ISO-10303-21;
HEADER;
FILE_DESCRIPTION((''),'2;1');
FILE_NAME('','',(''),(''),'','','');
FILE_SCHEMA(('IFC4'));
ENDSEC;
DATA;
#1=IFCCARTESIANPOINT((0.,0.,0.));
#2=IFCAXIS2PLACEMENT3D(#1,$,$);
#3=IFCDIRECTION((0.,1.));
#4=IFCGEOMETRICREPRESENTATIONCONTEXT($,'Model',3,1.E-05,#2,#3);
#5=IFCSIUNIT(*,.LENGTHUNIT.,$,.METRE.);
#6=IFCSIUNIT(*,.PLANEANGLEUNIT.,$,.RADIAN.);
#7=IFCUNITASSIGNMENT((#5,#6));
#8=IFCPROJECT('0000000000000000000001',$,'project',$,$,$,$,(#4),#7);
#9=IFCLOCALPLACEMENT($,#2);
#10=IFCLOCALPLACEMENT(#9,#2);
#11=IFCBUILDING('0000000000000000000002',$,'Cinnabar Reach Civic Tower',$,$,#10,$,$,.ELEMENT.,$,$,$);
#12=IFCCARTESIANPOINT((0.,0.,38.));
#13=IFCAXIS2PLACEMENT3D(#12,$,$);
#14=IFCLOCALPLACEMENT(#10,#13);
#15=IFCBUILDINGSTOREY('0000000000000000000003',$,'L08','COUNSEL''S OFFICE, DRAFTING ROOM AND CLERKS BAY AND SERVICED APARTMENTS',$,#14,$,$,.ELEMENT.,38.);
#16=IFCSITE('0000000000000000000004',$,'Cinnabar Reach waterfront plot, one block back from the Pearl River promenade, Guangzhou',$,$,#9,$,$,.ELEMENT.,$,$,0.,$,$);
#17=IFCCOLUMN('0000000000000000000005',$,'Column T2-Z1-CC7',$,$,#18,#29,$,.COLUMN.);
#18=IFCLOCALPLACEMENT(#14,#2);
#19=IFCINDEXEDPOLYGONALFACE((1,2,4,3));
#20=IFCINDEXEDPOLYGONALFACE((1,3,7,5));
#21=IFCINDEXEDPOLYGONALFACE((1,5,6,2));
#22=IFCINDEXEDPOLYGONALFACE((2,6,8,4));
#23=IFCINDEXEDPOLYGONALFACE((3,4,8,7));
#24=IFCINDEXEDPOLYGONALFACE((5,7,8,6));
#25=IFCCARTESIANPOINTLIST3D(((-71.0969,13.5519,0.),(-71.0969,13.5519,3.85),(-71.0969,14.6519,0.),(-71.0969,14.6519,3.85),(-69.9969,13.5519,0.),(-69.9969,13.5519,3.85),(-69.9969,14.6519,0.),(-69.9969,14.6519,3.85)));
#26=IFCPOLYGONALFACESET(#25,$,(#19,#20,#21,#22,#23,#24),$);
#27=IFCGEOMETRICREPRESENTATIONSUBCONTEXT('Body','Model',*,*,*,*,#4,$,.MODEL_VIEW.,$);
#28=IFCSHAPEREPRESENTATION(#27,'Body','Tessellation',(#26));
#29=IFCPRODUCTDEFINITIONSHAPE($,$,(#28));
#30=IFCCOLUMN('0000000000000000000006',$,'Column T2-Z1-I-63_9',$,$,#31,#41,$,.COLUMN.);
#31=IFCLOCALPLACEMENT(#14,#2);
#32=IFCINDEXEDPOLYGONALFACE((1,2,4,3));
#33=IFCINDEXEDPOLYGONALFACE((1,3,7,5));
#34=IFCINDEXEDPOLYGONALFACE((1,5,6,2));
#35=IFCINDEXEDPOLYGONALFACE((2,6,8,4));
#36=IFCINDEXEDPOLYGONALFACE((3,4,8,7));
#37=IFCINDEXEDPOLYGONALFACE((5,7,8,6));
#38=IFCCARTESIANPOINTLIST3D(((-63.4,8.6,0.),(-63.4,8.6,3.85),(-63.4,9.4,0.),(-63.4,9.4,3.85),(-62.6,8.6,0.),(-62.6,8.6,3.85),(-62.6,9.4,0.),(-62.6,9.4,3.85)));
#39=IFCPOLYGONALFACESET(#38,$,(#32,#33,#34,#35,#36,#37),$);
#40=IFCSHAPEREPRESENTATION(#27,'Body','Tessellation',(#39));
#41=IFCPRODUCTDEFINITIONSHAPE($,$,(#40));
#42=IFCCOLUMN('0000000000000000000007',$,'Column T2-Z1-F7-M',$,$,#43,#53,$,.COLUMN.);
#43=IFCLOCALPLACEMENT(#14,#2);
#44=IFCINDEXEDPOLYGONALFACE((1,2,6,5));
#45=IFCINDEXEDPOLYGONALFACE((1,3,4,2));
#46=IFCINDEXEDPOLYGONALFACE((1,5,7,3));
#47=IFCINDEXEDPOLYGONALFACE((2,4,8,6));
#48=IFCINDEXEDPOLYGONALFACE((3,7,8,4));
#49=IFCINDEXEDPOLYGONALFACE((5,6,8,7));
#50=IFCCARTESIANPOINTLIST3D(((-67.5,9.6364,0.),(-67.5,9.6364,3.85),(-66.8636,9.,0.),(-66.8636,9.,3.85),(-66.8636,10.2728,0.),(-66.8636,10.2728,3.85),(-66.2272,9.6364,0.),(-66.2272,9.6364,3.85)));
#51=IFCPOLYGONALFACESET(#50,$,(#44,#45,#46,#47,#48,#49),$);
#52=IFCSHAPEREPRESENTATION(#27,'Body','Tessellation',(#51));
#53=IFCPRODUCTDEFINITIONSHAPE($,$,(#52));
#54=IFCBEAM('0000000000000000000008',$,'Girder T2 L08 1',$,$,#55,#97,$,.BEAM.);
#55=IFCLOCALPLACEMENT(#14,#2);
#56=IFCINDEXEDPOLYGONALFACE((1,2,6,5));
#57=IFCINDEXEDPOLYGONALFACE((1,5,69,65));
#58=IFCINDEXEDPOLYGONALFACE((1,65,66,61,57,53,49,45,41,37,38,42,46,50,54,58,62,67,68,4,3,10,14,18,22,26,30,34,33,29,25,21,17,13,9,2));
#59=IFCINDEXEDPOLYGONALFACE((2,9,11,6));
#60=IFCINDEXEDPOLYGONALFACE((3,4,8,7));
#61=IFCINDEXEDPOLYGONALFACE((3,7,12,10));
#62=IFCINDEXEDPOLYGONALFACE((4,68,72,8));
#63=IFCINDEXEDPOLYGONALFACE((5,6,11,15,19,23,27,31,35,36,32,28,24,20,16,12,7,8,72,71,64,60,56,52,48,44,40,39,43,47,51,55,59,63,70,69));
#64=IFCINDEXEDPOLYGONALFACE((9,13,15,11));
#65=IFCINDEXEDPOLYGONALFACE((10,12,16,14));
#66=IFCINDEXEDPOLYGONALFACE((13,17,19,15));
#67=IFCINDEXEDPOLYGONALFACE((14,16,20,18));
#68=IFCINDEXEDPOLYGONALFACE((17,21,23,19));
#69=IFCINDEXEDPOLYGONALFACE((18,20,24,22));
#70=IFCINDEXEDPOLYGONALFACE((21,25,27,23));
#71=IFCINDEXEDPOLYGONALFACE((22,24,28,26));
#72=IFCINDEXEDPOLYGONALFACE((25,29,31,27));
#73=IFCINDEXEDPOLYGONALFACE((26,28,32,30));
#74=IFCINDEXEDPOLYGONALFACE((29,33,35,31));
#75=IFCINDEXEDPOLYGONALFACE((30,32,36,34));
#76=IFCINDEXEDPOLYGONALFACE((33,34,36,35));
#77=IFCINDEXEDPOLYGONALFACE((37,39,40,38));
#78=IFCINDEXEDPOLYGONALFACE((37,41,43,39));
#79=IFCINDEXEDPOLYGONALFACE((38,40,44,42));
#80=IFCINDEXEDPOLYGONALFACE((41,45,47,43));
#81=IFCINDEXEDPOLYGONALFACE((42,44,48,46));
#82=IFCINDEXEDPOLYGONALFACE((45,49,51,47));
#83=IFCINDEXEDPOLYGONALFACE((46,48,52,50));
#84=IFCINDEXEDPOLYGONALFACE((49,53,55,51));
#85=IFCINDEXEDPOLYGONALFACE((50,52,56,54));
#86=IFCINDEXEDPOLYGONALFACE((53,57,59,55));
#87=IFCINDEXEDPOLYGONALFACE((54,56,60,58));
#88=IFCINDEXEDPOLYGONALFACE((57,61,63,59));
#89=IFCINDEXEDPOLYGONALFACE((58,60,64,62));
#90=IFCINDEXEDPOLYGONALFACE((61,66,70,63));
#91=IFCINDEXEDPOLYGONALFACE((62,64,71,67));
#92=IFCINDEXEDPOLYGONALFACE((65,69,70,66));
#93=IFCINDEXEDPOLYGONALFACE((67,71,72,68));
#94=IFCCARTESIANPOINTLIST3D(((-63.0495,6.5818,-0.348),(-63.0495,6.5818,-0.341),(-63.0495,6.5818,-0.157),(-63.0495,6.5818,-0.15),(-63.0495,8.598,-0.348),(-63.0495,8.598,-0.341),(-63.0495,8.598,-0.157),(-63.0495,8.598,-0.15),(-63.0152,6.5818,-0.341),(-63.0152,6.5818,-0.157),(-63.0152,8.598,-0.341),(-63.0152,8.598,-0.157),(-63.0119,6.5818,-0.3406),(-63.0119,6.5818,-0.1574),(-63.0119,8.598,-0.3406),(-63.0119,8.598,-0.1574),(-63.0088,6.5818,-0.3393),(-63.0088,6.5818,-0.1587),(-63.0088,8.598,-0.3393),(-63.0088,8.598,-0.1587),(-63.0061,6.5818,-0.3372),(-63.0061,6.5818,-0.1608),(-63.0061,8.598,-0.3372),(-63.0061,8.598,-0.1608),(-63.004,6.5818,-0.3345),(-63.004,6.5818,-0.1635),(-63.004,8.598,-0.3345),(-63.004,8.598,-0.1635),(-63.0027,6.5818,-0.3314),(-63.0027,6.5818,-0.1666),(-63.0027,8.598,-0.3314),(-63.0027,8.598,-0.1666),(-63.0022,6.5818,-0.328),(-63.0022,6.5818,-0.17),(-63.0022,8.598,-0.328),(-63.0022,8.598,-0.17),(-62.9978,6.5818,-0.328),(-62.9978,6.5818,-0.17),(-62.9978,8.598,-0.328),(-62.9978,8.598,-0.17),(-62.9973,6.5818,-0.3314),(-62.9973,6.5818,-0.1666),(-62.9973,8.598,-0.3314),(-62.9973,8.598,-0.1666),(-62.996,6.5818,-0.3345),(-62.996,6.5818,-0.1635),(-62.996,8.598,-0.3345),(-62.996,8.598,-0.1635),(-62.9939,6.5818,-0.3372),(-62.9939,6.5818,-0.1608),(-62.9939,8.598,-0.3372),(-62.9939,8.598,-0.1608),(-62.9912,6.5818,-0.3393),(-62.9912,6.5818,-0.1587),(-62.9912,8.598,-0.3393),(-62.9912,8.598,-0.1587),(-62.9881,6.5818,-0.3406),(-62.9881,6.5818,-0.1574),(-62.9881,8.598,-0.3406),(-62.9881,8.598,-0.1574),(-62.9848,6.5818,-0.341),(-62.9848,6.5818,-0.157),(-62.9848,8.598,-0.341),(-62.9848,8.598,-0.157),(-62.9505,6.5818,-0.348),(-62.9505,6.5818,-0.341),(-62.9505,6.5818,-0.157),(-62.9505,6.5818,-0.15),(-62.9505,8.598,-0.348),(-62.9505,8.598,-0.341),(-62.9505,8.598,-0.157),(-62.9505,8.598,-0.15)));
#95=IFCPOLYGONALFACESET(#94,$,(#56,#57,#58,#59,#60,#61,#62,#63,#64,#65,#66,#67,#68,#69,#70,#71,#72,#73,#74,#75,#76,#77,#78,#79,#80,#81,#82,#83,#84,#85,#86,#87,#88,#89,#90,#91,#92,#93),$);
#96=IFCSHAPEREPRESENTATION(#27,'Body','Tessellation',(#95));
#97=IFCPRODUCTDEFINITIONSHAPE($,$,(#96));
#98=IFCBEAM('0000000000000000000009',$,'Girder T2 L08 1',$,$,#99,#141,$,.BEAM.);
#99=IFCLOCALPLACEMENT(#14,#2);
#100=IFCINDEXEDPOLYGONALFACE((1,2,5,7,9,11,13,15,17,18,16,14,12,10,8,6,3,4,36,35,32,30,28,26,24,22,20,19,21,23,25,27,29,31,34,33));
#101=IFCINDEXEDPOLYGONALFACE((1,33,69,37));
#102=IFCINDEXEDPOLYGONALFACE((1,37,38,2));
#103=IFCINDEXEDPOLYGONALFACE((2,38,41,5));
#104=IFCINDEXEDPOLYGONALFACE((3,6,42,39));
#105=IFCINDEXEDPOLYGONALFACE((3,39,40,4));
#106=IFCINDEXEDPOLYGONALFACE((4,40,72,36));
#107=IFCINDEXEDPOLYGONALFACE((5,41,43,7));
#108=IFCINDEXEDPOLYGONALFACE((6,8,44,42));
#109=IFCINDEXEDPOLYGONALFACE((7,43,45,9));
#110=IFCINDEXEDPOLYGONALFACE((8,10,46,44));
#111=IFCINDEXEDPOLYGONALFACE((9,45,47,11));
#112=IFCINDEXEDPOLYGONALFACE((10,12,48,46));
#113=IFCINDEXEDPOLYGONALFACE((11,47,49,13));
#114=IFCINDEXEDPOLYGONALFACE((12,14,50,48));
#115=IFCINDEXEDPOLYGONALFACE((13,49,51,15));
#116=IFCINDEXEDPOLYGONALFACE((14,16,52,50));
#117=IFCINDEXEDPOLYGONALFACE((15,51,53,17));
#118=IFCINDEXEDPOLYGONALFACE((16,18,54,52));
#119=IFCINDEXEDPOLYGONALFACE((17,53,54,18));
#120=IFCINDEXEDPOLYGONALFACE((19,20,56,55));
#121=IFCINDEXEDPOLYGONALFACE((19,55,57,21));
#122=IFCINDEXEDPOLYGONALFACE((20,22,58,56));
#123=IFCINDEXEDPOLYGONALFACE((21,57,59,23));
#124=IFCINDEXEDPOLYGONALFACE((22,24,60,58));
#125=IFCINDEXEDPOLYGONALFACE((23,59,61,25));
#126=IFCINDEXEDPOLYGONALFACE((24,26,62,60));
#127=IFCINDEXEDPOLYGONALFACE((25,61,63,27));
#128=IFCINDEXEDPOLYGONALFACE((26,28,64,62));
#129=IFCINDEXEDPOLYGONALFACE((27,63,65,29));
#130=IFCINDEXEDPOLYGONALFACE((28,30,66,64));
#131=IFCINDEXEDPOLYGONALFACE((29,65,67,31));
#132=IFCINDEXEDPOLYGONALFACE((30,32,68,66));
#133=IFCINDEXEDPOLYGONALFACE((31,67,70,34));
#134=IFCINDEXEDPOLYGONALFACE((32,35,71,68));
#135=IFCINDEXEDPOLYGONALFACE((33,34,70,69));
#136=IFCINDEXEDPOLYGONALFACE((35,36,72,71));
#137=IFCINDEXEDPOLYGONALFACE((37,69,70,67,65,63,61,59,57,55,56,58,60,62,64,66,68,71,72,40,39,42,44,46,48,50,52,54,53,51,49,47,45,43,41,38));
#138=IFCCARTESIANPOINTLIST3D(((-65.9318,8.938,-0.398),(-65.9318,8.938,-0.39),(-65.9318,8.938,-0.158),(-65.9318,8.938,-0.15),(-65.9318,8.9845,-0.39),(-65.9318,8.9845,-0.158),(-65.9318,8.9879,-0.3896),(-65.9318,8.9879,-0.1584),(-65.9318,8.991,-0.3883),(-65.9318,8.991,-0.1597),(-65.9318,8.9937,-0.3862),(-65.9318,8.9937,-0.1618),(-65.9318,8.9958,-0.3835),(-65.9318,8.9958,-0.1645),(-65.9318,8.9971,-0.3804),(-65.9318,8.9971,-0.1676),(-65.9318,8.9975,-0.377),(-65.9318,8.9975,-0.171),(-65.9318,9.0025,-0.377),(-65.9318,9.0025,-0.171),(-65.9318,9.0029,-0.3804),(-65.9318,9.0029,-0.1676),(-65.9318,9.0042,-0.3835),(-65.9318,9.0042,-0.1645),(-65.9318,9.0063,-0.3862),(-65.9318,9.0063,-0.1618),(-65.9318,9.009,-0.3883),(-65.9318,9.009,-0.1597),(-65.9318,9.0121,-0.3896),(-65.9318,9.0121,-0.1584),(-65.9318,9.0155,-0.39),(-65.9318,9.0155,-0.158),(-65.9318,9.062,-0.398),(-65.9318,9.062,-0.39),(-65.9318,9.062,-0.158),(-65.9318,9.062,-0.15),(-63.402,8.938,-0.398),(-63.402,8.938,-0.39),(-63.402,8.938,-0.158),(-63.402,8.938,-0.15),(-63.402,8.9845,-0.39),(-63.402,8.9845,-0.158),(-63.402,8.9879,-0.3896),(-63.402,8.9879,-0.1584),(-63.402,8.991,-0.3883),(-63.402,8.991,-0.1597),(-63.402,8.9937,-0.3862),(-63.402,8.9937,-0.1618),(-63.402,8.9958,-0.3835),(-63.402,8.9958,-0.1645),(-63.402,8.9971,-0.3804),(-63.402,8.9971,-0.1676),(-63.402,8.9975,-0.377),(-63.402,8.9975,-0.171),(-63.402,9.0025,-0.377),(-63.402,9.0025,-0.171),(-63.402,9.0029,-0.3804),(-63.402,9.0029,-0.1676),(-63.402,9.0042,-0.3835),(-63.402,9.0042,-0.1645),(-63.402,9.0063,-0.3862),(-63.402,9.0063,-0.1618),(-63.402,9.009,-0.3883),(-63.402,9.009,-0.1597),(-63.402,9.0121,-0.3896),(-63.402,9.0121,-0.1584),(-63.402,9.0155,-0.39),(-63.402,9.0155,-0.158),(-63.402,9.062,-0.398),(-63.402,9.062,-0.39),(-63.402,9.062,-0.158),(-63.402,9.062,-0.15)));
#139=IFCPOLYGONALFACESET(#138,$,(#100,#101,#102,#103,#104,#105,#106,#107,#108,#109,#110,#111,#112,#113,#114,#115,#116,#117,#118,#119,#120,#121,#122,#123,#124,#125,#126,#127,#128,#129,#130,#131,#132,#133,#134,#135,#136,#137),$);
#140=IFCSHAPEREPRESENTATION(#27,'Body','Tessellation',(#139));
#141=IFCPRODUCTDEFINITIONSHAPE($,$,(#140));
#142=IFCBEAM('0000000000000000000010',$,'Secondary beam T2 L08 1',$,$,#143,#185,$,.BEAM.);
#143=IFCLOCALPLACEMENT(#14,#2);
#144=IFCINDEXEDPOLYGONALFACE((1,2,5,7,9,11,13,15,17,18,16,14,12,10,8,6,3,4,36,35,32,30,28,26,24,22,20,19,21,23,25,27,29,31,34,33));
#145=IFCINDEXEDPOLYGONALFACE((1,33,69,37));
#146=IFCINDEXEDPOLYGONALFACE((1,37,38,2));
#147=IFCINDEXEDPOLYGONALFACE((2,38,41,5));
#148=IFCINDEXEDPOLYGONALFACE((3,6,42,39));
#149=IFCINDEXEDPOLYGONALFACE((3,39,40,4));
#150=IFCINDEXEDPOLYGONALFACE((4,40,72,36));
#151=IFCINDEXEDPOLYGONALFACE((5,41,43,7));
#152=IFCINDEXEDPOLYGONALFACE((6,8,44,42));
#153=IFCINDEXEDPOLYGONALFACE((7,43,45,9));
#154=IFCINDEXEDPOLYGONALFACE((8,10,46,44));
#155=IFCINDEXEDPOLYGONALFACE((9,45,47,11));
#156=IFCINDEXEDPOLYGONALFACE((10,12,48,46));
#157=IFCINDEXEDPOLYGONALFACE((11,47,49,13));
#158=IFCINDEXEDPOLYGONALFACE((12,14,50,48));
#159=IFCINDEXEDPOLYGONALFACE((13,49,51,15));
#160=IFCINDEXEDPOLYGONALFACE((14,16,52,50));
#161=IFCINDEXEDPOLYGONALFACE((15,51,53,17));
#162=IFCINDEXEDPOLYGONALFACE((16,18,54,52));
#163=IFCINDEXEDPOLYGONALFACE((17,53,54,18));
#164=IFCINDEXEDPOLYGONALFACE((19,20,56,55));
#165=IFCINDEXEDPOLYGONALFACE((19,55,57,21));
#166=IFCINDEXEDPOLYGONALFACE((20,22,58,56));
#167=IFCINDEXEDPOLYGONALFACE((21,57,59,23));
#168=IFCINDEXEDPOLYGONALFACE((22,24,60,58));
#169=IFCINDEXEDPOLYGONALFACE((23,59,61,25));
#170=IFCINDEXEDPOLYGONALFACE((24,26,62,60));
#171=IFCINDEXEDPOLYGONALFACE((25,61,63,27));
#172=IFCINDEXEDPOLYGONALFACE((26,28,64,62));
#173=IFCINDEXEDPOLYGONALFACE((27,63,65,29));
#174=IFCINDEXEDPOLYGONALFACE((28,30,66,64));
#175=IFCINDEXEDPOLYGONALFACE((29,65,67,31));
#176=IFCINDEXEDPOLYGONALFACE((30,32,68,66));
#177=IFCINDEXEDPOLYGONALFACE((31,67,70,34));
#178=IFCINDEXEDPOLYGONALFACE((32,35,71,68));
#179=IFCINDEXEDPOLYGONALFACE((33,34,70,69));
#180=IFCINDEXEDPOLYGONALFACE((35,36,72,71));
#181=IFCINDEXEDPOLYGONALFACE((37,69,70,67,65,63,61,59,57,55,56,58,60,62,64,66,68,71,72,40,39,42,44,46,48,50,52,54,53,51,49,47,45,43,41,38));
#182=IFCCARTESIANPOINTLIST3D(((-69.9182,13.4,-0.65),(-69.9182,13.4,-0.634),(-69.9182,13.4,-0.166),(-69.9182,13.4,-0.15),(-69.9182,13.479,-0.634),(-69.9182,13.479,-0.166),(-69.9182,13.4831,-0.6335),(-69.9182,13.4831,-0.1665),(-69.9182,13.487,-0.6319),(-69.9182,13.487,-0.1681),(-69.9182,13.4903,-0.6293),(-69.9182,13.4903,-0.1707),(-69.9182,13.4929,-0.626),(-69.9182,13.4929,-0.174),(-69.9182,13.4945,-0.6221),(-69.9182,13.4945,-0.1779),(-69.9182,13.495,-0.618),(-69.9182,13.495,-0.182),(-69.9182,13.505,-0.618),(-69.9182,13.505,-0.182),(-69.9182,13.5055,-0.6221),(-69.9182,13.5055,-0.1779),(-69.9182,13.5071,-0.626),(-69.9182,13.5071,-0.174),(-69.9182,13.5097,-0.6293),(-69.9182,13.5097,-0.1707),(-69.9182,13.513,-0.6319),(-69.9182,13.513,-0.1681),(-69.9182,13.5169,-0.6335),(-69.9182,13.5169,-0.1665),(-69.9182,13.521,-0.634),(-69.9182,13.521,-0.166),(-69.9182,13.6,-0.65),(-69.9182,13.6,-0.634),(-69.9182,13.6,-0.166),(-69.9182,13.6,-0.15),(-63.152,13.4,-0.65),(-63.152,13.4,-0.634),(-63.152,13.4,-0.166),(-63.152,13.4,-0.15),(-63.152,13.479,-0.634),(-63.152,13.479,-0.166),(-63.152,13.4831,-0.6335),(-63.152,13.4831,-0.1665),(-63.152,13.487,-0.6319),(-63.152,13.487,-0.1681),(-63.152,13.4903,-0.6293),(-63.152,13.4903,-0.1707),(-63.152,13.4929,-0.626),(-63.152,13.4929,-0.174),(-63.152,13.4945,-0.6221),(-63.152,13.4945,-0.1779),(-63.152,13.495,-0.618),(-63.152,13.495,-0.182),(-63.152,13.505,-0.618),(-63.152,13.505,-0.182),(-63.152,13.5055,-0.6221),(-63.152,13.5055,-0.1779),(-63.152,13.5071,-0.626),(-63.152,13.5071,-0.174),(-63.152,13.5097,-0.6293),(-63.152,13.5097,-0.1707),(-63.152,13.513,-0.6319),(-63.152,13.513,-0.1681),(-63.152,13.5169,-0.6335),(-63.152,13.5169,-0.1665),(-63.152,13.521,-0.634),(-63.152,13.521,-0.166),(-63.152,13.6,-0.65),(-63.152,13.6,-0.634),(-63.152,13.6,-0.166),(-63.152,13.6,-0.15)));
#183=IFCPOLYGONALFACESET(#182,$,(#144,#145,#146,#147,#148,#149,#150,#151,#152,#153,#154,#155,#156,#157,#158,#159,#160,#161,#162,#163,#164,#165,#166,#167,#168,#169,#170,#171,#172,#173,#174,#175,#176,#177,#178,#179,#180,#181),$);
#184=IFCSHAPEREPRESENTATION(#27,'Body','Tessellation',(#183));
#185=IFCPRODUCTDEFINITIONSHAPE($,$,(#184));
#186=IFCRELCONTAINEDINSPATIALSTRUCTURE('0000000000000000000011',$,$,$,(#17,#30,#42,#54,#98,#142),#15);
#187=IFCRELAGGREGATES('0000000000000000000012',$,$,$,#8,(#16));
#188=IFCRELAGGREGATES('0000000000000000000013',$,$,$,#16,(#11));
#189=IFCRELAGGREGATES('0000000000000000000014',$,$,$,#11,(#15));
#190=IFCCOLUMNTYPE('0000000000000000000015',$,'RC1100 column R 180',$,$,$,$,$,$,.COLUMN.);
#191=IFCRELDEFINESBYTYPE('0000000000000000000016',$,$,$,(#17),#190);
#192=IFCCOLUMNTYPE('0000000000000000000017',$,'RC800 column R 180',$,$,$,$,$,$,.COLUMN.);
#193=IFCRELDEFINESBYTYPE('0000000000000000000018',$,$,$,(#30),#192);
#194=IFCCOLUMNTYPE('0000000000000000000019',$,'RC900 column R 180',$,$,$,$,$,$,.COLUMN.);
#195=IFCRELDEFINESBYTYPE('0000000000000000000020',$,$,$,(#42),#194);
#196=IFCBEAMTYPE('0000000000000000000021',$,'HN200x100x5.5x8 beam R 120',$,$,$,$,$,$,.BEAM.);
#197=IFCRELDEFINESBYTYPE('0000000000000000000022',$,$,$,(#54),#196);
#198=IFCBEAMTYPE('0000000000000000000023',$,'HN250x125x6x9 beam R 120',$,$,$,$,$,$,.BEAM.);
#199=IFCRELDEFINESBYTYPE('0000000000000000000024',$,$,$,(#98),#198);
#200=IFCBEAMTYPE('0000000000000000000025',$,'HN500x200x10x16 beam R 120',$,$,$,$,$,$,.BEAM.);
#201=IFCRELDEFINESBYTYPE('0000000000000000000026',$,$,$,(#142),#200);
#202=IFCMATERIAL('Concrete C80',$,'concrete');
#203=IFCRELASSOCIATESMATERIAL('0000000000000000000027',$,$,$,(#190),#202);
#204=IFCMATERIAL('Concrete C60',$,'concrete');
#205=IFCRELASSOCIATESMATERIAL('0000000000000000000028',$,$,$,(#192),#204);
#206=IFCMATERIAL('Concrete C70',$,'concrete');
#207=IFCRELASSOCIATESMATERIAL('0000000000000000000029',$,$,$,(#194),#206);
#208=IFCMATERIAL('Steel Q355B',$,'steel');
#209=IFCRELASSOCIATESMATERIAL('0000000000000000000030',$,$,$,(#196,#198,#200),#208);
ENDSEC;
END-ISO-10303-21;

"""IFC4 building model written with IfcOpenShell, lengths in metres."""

from ifc_helpers import new_model, si_unit, direction, frame, origin, origin_2d, place, context, subcontext, project, spatial, rectangle, i_section, extrude, material, material_profile, profile_set, type_object, element, save


model = new_model("IFC4")

# Units and contexts
model_context = context("Model", 3, precision=1e-05, world=origin(), true_north=direction((0.0, 1.0)))
body_context = subcontext(model_context, "Body", "Model", "MODEL_VIEW")
ifc_project = project(units=[si_unit("LENGTHUNIT", "METRE"), si_unit("PLANEANGLEUNIT", "RADIAN")], contexts=[model_context])

# Site, building, storey
site_placement = place(None, origin())
site = spatial("IfcSite", under=ifc_project, at=site_placement, Name="Cinnabar Reach waterfront plot, one block back from the Pearl River promenade, Guangzhou", CompositionType="ELEMENT", RefElevation=0.0)
building_placement = place(site_placement, origin())
building = spatial("IfcBuilding", under=site, at=building_placement, Name="Cinnabar Reach Civic Tower", CompositionType="ELEMENT")
storey_placement = place(building_placement, frame((0.0, 0.0, 38.0)))
storey = spatial("IfcBuildingStorey", under=building, at=storey_placement, Name="L08", Description="COUNSEL'S OFFICE, DRAFTING ROOM AND CLERKS BAY AND SERVICED APARTMENTS", CompositionType="ELEMENT", Elevation=38.0)

# Columns
ifc_material_1 = material(Name="Concrete C80", Category="concrete")
ifc_material_profile_1 = material_profile(ifc_material_1, rectangle(XDim=1.1, YDim=1.1, at=origin_2d()), Name="RC1100")
ifc_profile_set_1 = profile_set([ifc_material_profile_1], Name="Concrete C80")
column_type_1 = type_object("IfcColumnType", Name="RC1100 column R 180", PredefinedType="COLUMN", material=ifc_profile_set_1)
column_1_placement = place(storey_placement, frame((-70.5469, 14.1019, 0.0), z_axis=(0.0, 0.0, 1.0), x_axis=(1.0, 0.0, 0.0)))
element("IfcColumn", 1, at=column_1_placement, inside=storey, type_object=column_type_1, Name="Column T2-Z1-CC7", PredefinedType="COLUMN", context=body_context, shape_type="SweptSolid", body=[
    extrude(rectangle(XDim=1.1, YDim=1.1, at=origin_2d()), origin(), (0.0, 0.0, 1.0), 3.85),
])
ifc_material_2 = material(Name="Concrete C60", Category="concrete")
ifc_material_profile_2 = material_profile(ifc_material_2, rectangle(XDim=0.8, YDim=0.8, at=origin_2d()), Name="RC800")
ifc_profile_set_2 = profile_set([ifc_material_profile_2], Name="Concrete C60")
column_type_2 = type_object("IfcColumnType", Name="RC800 column R 180", PredefinedType="COLUMN", material=ifc_profile_set_2)
column_2_placement = place(storey_placement, frame((-63.0, 9.0, 0.0), z_axis=(0.0, 0.0, 1.0), x_axis=(1.0, 0.0, 0.0)))
element("IfcColumn", 2, at=column_2_placement, inside=storey, type_object=column_type_2, Name="Column T2-Z1-I-63_9", PredefinedType="COLUMN", context=body_context, shape_type="SweptSolid", body=[
    extrude(rectangle(XDim=0.8, YDim=0.8, at=origin_2d()), origin(), (0.0, 0.0, 1.0), 3.85),
])
ifc_material_3 = material(Name="Concrete C70", Category="concrete")
ifc_material_profile_3 = material_profile(ifc_material_3, rectangle(XDim=0.9, YDim=0.9, at=origin_2d()), Name="RC900")
ifc_profile_set_3 = profile_set([ifc_material_profile_3], Name="Concrete C70")
column_type_3 = type_object("IfcColumnType", Name="RC900 column R 180", PredefinedType="COLUMN", material=ifc_profile_set_3)
column_3_placement = place(storey_placement, frame((-66.8636, 9.6364, 0.0), z_axis=(0.0, 0.0, 1.0), x_axis=(0.707107, 0.707107, 0.0)))
element("IfcColumn", 3, at=column_3_placement, inside=storey, type_object=column_type_3, Name="Column T2-Z1-F7-M", PredefinedType="COLUMN", context=body_context, shape_type="SweptSolid", body=[
    extrude(rectangle(XDim=0.9, YDim=0.9, at=origin_2d()), origin(), (0.0, 0.0, 1.0), 3.85),
])

# Beams
ifc_material_4 = material(Name="Steel Q355B", Category="steel")
ifc_material_profile_4 = material_profile(ifc_material_4, i_section(OverallWidth=0.099, OverallDepth=0.198, WebThickness=0.0045, FlangeThickness=0.007, FilletRadius=0.013, at=origin_2d()), Name="HN200x100x5.5x8")
ifc_profile_set_4 = profile_set([ifc_material_profile_4], Name="Steel Q355B")
beam_type_1 = type_object("IfcBeamType", Name="HN200x100x5.5x8 beam R 120", PredefinedType="BEAM", material=ifc_profile_set_4)
beam_1_placement = place(storey_placement, frame((-63.0, 6.5818, -0.249), z_axis=(0.0, 1.0, 0.0), x_axis=(-1.0, 0.0, 0.0)))
element("IfcBeam", 4, at=beam_1_placement, inside=storey, type_object=beam_type_1, Name="Girder T2 L08 1", PredefinedType="BEAM", context=body_context, shape_type="SweptSolid", body=[
    extrude(i_section(OverallWidth=0.099, OverallDepth=0.198, WebThickness=0.0045, FlangeThickness=0.007, FilletRadius=0.013, at=origin_2d()), origin(), (0.0, 0.0, 1.0), 2.0162),
])
ifc_material_profile_5 = material_profile(ifc_material_4, i_section(OverallWidth=0.124, OverallDepth=0.248, WebThickness=0.005, FlangeThickness=0.008, FilletRadius=0.013, at=origin_2d()), Name="HN250x125x6x9")
ifc_profile_set_5 = profile_set([ifc_material_profile_5], Name="Steel Q355B")
beam_type_2 = type_object("IfcBeamType", Name="HN250x125x6x9 beam R 120", PredefinedType="BEAM", material=ifc_profile_set_5)
beam_2_placement = place(storey_placement, frame((-65.9318, 9.0, -0.274), z_axis=(1.0, 0.0, 0.0), x_axis=(0.0, 1.0, 0.0)))
element("IfcBeam", 5, at=beam_2_placement, inside=storey, type_object=beam_type_2, Name="Girder T2 L08 1", PredefinedType="BEAM", context=body_context, shape_type="SweptSolid", body=[
    extrude(i_section(OverallWidth=0.124, OverallDepth=0.248, WebThickness=0.005, FlangeThickness=0.008, FilletRadius=0.013, at=origin_2d()), origin(), (0.0, 0.0, 1.0), 2.5298),
])
ifc_material_profile_6 = material_profile(ifc_material_4, i_section(OverallWidth=0.2, OverallDepth=0.5, WebThickness=0.01, FlangeThickness=0.016, FilletRadius=0.016, at=origin_2d()), Name="HN500x200x10x16")
ifc_profile_set_6 = profile_set([ifc_material_profile_6], Name="Steel Q355B")
beam_type_3 = type_object("IfcBeamType", Name="HN500x200x10x16 beam R 120", PredefinedType="BEAM", material=ifc_profile_set_6)
beam_3_placement = place(storey_placement, frame((-69.9182, 13.5, -0.4), z_axis=(1.0, 0.0, 0.0), x_axis=(0.0, 1.0, 0.0)))
element("IfcBeam", 6, at=beam_3_placement, inside=storey, type_object=beam_type_3, Name="Secondary beam T2 L08 1", PredefinedType="BEAM", context=body_context, shape_type="SweptSolid", body=[
    extrude(i_section(OverallWidth=0.2, OverallDepth=0.5, WebThickness=0.01, FlangeThickness=0.016, FilletRadius=0.016, at=origin_2d()), origin(), (0.0, 0.0, 1.0), 6.7662),
])

save(model, "model.ifc")
